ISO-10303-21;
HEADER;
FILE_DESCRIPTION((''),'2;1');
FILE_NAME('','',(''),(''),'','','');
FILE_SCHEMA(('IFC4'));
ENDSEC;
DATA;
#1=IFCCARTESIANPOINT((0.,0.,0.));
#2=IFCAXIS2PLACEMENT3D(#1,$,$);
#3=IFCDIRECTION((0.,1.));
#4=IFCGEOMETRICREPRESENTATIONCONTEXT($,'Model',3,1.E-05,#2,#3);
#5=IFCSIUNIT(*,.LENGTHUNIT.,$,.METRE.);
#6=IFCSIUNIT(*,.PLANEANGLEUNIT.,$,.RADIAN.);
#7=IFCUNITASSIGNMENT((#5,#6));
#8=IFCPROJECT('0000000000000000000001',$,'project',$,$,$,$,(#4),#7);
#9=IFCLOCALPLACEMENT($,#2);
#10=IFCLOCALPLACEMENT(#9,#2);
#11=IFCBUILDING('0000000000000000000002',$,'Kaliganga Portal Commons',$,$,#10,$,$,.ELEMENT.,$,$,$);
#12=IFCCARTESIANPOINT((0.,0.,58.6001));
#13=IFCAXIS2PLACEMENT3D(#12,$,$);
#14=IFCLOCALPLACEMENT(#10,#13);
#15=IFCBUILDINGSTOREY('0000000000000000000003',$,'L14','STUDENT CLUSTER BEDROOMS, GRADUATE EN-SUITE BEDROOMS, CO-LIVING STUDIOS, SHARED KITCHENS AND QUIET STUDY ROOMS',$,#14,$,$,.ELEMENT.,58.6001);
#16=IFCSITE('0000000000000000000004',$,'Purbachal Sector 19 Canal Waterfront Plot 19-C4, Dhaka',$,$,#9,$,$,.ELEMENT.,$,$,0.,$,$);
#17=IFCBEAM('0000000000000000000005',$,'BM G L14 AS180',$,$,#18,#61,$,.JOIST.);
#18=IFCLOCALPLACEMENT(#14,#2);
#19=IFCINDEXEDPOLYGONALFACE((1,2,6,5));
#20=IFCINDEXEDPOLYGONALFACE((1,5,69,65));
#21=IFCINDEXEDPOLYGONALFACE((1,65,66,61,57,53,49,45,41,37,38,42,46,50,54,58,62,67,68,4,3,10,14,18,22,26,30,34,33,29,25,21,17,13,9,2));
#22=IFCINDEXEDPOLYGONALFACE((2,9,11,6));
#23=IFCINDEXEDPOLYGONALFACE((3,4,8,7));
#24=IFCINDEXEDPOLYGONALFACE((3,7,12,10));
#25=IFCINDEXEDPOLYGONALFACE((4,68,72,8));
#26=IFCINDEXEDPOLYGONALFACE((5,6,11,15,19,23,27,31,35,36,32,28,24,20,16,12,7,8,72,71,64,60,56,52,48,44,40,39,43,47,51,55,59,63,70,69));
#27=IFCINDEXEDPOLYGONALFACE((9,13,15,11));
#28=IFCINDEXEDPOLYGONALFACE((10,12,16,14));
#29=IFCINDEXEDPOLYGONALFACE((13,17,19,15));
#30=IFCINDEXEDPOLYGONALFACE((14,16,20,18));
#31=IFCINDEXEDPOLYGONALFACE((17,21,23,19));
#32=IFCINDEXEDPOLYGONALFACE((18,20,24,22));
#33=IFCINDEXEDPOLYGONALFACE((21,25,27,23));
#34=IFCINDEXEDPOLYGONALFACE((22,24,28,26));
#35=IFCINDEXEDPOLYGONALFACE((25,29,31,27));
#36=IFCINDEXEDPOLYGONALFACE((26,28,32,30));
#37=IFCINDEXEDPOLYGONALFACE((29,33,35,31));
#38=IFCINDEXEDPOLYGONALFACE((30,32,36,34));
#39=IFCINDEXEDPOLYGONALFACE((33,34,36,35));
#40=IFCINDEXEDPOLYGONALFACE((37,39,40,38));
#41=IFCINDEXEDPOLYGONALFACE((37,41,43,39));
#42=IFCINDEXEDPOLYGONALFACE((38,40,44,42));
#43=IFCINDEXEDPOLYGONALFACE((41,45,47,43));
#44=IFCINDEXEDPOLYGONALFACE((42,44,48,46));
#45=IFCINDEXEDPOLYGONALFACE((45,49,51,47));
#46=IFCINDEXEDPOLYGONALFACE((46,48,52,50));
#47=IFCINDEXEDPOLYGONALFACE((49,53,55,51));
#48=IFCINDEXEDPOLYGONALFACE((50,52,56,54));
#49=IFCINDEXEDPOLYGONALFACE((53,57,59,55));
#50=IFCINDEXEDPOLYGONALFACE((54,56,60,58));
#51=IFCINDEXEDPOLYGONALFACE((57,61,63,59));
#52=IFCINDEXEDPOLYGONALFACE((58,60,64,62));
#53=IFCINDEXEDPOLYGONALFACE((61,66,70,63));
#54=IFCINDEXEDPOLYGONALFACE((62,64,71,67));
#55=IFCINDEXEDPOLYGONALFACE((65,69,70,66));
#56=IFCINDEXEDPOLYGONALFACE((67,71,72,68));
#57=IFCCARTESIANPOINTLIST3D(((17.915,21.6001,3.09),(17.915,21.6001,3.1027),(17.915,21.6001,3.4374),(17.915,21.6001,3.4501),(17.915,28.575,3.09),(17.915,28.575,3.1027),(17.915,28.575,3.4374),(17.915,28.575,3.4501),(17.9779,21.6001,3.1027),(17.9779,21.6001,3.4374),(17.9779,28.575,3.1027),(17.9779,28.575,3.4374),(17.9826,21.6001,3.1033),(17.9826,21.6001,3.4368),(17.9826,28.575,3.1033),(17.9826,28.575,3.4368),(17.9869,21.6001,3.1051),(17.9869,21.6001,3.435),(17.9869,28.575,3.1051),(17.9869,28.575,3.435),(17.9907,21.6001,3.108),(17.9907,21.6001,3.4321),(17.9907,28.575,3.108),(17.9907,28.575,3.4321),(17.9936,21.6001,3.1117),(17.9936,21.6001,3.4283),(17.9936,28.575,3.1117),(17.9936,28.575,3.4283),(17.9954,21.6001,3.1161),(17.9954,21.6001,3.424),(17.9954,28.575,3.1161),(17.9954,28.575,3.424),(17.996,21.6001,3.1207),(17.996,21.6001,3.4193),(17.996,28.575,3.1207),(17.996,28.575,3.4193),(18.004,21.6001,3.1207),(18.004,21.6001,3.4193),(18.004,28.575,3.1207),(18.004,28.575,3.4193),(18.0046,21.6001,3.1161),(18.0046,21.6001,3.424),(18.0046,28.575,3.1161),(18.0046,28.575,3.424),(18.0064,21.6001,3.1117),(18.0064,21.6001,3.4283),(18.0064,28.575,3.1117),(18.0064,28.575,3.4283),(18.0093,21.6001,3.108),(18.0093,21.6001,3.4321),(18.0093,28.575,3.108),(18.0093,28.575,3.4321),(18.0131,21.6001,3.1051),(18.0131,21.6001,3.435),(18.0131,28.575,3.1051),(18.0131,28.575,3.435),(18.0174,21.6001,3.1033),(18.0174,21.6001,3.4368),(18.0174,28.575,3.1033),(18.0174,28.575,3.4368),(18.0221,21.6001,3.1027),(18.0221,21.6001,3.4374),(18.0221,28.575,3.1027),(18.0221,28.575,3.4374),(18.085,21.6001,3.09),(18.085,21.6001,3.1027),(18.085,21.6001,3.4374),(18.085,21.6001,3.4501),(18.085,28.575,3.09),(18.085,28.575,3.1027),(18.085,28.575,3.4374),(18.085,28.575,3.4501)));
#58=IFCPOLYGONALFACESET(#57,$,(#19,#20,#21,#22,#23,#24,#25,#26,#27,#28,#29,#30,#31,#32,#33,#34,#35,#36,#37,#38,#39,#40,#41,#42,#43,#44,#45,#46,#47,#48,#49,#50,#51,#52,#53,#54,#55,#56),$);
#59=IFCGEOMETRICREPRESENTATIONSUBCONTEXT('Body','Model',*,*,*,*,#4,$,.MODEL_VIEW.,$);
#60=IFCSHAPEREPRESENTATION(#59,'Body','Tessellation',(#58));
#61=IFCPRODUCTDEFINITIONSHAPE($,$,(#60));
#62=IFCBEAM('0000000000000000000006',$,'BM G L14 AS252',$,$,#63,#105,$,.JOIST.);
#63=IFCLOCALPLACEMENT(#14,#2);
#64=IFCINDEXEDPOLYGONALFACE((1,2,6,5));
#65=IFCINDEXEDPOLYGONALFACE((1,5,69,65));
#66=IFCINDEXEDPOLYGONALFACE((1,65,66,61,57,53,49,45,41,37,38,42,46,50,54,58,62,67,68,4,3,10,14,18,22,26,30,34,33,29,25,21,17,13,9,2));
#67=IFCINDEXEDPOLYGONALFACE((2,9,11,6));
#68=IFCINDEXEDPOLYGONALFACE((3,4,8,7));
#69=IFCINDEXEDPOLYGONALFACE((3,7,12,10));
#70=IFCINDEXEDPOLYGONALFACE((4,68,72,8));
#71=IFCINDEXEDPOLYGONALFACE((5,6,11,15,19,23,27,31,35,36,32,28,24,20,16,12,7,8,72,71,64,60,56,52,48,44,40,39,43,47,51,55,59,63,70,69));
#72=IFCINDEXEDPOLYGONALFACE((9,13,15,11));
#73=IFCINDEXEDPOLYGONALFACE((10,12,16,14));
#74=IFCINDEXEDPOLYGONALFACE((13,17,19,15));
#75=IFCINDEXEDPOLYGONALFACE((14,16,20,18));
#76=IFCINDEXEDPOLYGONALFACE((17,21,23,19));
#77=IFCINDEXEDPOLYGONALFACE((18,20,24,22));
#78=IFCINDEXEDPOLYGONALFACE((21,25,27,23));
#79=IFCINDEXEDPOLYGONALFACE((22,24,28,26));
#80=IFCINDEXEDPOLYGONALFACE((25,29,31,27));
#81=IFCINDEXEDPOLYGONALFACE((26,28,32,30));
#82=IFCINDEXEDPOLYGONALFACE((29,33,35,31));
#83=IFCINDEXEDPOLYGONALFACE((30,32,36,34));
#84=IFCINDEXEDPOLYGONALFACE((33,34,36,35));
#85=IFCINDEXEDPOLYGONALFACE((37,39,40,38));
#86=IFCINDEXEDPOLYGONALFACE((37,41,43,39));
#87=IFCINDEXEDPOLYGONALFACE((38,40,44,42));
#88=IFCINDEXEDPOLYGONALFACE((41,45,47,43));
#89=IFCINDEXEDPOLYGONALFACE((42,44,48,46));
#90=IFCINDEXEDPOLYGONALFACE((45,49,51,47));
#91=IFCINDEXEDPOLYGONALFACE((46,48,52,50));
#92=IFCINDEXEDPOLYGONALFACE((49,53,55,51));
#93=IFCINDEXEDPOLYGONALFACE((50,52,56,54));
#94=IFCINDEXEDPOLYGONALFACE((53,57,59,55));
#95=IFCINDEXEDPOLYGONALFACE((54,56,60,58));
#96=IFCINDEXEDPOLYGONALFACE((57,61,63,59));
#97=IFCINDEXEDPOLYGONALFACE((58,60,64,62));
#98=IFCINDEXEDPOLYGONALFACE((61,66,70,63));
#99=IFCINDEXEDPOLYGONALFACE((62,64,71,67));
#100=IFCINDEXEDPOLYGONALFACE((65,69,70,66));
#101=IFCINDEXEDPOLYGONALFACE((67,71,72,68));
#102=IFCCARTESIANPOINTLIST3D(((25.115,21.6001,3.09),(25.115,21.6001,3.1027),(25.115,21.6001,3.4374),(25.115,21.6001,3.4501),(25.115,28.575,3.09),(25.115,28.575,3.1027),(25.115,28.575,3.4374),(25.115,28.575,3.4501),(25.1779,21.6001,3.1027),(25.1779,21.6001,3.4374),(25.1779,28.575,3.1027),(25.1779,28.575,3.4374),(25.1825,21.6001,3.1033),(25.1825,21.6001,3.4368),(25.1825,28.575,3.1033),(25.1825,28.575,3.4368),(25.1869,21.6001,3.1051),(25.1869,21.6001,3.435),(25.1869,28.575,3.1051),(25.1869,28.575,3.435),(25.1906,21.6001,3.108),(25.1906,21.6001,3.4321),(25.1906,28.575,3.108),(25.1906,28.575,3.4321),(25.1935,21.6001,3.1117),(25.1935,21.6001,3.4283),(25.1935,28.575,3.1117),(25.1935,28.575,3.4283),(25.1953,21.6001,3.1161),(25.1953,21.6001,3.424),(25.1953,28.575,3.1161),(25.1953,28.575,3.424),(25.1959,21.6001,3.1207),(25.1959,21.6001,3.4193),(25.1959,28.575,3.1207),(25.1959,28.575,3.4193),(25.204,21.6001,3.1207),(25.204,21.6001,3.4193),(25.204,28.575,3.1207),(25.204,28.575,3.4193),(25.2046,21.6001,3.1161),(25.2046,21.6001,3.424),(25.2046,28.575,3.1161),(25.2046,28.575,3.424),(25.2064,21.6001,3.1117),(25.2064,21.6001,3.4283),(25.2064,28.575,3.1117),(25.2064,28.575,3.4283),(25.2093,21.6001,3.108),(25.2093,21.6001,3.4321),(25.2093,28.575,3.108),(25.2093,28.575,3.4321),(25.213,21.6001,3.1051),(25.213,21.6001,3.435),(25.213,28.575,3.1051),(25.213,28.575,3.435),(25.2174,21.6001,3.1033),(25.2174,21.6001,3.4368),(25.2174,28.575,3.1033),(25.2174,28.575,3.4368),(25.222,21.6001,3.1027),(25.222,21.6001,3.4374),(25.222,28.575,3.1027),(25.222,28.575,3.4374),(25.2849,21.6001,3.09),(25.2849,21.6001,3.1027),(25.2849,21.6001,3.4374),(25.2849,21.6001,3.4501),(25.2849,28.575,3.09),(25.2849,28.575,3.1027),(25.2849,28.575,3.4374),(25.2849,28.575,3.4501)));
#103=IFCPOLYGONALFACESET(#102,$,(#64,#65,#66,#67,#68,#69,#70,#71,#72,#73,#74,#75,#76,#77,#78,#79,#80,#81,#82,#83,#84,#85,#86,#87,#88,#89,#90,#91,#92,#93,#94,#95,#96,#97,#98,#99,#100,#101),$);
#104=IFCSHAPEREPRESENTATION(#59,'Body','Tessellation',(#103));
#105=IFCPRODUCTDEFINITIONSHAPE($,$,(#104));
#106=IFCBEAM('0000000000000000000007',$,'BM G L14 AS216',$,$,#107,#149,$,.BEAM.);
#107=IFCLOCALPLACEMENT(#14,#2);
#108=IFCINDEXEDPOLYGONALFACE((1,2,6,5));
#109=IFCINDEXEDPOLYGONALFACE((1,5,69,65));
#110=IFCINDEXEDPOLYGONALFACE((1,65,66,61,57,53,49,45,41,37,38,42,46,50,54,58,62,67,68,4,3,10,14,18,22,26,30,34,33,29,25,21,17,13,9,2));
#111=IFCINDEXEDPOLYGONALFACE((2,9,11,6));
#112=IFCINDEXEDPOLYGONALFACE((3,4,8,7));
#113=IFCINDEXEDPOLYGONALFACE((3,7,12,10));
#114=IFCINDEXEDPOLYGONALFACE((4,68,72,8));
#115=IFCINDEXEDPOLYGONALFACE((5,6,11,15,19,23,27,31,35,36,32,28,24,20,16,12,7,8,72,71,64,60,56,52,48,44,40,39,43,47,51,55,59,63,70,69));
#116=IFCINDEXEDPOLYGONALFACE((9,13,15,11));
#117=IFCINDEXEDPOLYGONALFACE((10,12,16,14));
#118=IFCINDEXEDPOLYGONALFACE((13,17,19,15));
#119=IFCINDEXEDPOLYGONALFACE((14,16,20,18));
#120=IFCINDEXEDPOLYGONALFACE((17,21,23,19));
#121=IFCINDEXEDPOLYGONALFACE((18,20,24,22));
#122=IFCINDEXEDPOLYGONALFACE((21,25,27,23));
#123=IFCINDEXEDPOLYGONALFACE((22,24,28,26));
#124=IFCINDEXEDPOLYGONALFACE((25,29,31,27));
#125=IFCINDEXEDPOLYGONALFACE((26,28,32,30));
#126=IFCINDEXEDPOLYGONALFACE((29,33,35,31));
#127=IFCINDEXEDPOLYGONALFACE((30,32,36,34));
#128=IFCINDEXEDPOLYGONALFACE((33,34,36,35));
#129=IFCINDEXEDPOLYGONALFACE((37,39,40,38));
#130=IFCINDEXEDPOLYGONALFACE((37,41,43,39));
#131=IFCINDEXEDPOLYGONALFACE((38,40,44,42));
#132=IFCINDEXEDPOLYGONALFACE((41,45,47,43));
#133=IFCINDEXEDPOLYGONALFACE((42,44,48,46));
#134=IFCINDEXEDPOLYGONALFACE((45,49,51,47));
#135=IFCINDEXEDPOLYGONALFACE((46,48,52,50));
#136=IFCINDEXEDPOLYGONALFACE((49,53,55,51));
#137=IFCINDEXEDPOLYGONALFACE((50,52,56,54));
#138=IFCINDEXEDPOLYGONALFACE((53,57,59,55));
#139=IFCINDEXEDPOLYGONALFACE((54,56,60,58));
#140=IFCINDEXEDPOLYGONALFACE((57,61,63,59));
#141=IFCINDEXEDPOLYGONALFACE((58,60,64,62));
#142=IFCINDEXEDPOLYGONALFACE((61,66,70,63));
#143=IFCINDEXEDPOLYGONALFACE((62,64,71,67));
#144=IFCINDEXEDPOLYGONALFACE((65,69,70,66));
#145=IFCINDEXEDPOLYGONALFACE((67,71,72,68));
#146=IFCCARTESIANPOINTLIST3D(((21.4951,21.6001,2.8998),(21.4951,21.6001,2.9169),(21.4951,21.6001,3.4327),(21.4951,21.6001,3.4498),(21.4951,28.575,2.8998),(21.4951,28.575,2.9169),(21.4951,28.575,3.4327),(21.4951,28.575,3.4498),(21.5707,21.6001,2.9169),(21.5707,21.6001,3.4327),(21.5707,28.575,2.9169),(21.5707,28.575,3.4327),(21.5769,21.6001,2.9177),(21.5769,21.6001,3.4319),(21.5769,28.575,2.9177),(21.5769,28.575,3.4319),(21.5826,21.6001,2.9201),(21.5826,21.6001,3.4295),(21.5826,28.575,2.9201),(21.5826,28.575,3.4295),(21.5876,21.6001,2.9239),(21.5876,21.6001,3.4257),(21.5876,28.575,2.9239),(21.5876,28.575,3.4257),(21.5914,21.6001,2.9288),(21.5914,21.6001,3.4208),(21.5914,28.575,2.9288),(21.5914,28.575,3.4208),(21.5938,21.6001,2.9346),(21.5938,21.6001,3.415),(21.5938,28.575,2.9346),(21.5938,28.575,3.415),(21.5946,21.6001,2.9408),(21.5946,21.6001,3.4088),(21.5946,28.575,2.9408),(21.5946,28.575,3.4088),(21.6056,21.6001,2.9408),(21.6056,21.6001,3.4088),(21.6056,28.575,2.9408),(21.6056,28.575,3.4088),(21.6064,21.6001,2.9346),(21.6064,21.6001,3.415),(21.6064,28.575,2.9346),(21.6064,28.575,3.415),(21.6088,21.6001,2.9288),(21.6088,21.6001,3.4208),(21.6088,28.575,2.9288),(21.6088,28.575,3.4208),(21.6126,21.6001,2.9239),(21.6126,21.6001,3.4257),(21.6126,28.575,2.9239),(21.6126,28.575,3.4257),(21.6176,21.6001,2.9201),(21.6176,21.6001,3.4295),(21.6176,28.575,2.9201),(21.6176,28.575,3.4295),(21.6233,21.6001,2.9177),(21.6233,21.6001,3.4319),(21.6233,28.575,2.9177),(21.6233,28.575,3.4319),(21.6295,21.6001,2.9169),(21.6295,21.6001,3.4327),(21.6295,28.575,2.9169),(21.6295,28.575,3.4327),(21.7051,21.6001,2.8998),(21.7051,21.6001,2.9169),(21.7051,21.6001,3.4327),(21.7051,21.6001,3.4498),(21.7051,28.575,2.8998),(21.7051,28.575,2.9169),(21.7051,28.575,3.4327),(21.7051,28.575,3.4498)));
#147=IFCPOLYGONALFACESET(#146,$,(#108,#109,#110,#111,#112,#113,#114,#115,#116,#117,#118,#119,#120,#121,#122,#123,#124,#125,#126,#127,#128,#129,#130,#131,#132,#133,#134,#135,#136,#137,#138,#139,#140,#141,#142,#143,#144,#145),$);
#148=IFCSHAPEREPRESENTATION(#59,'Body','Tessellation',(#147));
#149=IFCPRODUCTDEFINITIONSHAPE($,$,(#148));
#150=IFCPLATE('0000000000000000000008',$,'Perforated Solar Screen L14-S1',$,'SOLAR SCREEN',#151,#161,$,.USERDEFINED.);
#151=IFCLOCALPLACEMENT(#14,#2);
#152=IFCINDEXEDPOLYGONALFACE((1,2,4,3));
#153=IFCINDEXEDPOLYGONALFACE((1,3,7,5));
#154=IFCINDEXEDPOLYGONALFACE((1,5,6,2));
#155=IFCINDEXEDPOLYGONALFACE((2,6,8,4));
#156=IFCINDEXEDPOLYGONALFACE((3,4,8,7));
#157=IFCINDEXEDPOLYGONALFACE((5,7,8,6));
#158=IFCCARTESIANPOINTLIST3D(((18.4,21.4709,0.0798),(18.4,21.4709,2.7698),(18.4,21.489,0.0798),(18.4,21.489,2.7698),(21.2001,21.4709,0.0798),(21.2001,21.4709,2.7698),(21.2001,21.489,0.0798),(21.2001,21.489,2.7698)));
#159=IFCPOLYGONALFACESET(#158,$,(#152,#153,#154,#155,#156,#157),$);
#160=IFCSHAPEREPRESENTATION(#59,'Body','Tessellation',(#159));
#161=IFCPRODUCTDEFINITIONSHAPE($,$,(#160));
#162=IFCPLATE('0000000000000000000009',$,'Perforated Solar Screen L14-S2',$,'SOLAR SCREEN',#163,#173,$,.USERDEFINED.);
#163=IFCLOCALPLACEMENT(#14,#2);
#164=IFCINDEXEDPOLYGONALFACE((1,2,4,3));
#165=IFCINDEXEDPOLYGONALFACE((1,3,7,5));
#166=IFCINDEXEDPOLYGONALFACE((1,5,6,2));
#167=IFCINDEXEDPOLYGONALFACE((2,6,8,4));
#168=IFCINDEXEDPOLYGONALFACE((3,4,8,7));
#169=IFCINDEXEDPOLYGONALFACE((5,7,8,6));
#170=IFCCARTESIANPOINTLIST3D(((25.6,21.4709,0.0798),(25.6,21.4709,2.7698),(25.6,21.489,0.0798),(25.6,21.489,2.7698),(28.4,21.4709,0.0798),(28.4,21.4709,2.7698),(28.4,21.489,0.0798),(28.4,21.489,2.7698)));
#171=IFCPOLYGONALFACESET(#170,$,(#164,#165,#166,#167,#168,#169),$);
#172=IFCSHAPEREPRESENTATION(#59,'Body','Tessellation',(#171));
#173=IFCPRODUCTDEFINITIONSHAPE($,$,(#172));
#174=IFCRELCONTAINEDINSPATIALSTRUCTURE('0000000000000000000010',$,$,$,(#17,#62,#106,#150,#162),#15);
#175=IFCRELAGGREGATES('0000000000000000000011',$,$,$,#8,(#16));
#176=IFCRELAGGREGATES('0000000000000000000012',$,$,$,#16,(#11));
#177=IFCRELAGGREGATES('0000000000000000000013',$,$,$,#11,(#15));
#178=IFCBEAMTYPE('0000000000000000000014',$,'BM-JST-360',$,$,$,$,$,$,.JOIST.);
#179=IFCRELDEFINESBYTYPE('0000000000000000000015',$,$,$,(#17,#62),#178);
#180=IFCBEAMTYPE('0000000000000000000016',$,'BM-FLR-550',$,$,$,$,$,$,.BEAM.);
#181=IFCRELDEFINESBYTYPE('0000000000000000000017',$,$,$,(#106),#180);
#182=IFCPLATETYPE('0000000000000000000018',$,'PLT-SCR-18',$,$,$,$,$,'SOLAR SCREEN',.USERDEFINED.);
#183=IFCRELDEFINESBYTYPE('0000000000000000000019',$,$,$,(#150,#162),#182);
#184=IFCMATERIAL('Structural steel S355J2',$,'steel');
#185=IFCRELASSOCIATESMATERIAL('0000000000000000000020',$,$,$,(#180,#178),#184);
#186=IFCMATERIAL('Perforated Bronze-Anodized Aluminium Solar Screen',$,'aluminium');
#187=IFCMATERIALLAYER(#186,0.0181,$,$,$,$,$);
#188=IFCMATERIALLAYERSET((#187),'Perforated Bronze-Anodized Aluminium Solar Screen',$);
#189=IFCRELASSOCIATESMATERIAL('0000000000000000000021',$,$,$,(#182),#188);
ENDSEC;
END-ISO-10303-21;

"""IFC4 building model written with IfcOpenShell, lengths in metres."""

from ifc_helpers import new_model, si_unit, direction, frame, origin, origin_2d, place, context, subcontext, project, spatial, rectangle, i_section, extrude, source, transform, mapped, material, layer, layer_set, material_profile, profile_set, type_object, element, save


model = new_model("IFC4")

# Units and contexts
model_context = context("Model", 3, precision=1e-05, world=origin(), true_north=direction((0.0, 1.0)))
body_context = subcontext(model_context, "Body", "Model", "MODEL_VIEW")
ifc_project = project(units=[si_unit("LENGTHUNIT", "METRE"), si_unit("PLANEANGLEUNIT", "RADIAN")], contexts=[model_context])

# Site, building, storey
site_placement = place(None, origin())
site = spatial("IfcSite", under=ifc_project, at=site_placement, Name="Purbachal Sector 19 Canal Waterfront Plot 19-C4, Dhaka", CompositionType="ELEMENT", RefElevation=0.0)
building_placement = place(site_placement, origin())
building = spatial("IfcBuilding", under=site, at=building_placement, Name="Kaliganga Portal Commons", CompositionType="ELEMENT")
storey_placement = place(building_placement, frame((0.0, 0.0, 58.6001)))
storey = spatial("IfcBuildingStorey", under=building, at=storey_placement, Name="L14", Description="STUDENT CLUSTER BEDROOMS, GRADUATE EN-SUITE BEDROOMS, CO-LIVING STUDIOS, SHARED KITCHENS AND QUIET STUDY ROOMS", CompositionType="ELEMENT", Elevation=58.6001)

# Beams
ifc_material_1 = material(Name="Structural steel S355J2", Category="steel")
ifc_material_profile_1 = material_profile(ifc_material_1, i_section(OverallWidth=0.21, OverallDepth=0.55, WebThickness=0.011, FlangeThickness=0.0171, FilletRadius=0.0239, at=origin_2d()), Name="IPE 550")
ifc_profile_set_1 = profile_set([ifc_material_profile_1], Name="Structural steel S355J2 wide-flange")
beam_type_1 = type_object("IfcBeamType", Name="BM-FLR-550", PredefinedType="BEAM", material=ifc_profile_set_1)
ifc_material_profile_2 = material_profile(ifc_material_1, i_section(OverallWidth=0.1699, OverallDepth=0.3601, WebThickness=0.0081, FlangeThickness=0.0127, FilletRadius=0.0181, at=origin_2d()), Name="IPE 360")
ifc_profile_set_2 = profile_set([ifc_material_profile_2], Name="Structural steel S355J2 wide-flange")
beam_type_2 = type_object("IfcBeamType", Name="BM-JST-360", PredefinedType="JOIST", material=ifc_profile_set_2)
shared_shape_1 = source(origin(), body_context, "Body", "SweptSolid", [
    extrude(i_section(OverallWidth=0.1699, OverallDepth=0.3601, WebThickness=0.0081, FlangeThickness=0.0127, FilletRadius=0.0181, at=origin_2d()), origin(), (0.0, 0.0, 1.0), 6.9749),
])
for number, where, z_axis, x_axis, name in (
    (1, (18.0, 21.6001, 3.27), (0.0, 1.0, 0.0), (-1.0, 0.0, 0.0), "BM G L14 AS180"),
    (2, (25.2, 21.6001, 3.27), (0.0, 1.0, 0.0), (-1.0, 0.0, 0.0), "BM G L14 AS252"),
):
    element("IfcBeam", number, at=place(storey_placement, frame(where, z_axis=z_axis, x_axis=x_axis)), inside=storey, type_object=beam_type_2, Name=name, PredefinedType="JOIST", context=body_context, shape_type="MappedRepresentation", body=[
        mapped(shared_shape_1, transform((0.0, 0.0, 0.0), x_axis=(1.0, 0.0, 0.0), y_axis=(0.0, 1.0, 0.0), z_axis=(0.0, 0.0, 1.0), scale=1.0)),
    ])
shared_shape_2 = source(origin(), body_context, "Body", "SweptSolid", [
    extrude(i_section(OverallWidth=0.21, OverallDepth=0.55, WebThickness=0.011, FlangeThickness=0.0171, FilletRadius=0.0239, at=origin_2d()), origin(), (0.0, 0.0, 1.0), 6.9749),
])
beam_1_placement = place(storey_placement, frame((21.6001, 21.6001, 3.1748), z_axis=(0.0, 1.0, 0.0), x_axis=(-1.0, 0.0, 0.0)))
element("IfcBeam", 3, at=beam_1_placement, inside=storey, type_object=beam_type_1, Name="BM G L14 AS216", PredefinedType="BEAM", context=body_context, shape_type="MappedRepresentation", body=[
    mapped(shared_shape_2, transform((0.0, 0.0, 0.0), x_axis=(1.0, 0.0, 0.0), y_axis=(0.0, 1.0, 0.0), z_axis=(0.0, 0.0, 1.0), scale=1.0)),
])

# Plates
ifc_material_2 = material(Name="Perforated Bronze-Anodized Aluminium Solar Screen", Category="aluminium")
ifc_layer_1 = layer(ifc_material_2, 0.0181)
ifc_layer_set_1 = layer_set([ifc_layer_1], Name="Perforated Bronze-Anodized Aluminium Solar Screen")
plate_type = type_object("IfcPlateType", Name="PLT-SCR-18", ElementType="SOLAR SCREEN", PredefinedType="USERDEFINED", material=ifc_layer_set_1)
shared_shape_3 = source(origin(), body_context, "Body", "SweptSolid", [
    extrude(rectangle(XDim=2.8, YDim=0.0181, at=origin_2d()), origin(), (0.0, 0.0, 1.0), 2.6899),
])
for number, where, z_axis, x_axis, name in (
    (4, (19.8, 21.48, 0.0798), (0.0, 0.0, 1.0), (1.0, 0.0, 0.0), "Perforated Solar Screen L14-S1"),
    (5, (27.0, 21.48, 0.0798), (0.0, 0.0, 1.0), (1.0, 0.0, 0.0), "Perforated Solar Screen L14-S2"),
):
    element("IfcPlate", number, at=place(storey_placement, frame(where, z_axis=z_axis, x_axis=x_axis)), inside=storey, type_object=plate_type, Name=name, ObjectType="SOLAR SCREEN", PredefinedType="USERDEFINED", context=body_context, shape_type="MappedRepresentation", body=[
        mapped(shared_shape_3, transform((0.0, 0.0, 0.0), x_axis=(1.0, 0.0, 0.0), y_axis=(0.0, 1.0, 0.0), z_axis=(0.0, 0.0, 1.0), scale=1.0)),
    ])

save(model, "model.ifc")
